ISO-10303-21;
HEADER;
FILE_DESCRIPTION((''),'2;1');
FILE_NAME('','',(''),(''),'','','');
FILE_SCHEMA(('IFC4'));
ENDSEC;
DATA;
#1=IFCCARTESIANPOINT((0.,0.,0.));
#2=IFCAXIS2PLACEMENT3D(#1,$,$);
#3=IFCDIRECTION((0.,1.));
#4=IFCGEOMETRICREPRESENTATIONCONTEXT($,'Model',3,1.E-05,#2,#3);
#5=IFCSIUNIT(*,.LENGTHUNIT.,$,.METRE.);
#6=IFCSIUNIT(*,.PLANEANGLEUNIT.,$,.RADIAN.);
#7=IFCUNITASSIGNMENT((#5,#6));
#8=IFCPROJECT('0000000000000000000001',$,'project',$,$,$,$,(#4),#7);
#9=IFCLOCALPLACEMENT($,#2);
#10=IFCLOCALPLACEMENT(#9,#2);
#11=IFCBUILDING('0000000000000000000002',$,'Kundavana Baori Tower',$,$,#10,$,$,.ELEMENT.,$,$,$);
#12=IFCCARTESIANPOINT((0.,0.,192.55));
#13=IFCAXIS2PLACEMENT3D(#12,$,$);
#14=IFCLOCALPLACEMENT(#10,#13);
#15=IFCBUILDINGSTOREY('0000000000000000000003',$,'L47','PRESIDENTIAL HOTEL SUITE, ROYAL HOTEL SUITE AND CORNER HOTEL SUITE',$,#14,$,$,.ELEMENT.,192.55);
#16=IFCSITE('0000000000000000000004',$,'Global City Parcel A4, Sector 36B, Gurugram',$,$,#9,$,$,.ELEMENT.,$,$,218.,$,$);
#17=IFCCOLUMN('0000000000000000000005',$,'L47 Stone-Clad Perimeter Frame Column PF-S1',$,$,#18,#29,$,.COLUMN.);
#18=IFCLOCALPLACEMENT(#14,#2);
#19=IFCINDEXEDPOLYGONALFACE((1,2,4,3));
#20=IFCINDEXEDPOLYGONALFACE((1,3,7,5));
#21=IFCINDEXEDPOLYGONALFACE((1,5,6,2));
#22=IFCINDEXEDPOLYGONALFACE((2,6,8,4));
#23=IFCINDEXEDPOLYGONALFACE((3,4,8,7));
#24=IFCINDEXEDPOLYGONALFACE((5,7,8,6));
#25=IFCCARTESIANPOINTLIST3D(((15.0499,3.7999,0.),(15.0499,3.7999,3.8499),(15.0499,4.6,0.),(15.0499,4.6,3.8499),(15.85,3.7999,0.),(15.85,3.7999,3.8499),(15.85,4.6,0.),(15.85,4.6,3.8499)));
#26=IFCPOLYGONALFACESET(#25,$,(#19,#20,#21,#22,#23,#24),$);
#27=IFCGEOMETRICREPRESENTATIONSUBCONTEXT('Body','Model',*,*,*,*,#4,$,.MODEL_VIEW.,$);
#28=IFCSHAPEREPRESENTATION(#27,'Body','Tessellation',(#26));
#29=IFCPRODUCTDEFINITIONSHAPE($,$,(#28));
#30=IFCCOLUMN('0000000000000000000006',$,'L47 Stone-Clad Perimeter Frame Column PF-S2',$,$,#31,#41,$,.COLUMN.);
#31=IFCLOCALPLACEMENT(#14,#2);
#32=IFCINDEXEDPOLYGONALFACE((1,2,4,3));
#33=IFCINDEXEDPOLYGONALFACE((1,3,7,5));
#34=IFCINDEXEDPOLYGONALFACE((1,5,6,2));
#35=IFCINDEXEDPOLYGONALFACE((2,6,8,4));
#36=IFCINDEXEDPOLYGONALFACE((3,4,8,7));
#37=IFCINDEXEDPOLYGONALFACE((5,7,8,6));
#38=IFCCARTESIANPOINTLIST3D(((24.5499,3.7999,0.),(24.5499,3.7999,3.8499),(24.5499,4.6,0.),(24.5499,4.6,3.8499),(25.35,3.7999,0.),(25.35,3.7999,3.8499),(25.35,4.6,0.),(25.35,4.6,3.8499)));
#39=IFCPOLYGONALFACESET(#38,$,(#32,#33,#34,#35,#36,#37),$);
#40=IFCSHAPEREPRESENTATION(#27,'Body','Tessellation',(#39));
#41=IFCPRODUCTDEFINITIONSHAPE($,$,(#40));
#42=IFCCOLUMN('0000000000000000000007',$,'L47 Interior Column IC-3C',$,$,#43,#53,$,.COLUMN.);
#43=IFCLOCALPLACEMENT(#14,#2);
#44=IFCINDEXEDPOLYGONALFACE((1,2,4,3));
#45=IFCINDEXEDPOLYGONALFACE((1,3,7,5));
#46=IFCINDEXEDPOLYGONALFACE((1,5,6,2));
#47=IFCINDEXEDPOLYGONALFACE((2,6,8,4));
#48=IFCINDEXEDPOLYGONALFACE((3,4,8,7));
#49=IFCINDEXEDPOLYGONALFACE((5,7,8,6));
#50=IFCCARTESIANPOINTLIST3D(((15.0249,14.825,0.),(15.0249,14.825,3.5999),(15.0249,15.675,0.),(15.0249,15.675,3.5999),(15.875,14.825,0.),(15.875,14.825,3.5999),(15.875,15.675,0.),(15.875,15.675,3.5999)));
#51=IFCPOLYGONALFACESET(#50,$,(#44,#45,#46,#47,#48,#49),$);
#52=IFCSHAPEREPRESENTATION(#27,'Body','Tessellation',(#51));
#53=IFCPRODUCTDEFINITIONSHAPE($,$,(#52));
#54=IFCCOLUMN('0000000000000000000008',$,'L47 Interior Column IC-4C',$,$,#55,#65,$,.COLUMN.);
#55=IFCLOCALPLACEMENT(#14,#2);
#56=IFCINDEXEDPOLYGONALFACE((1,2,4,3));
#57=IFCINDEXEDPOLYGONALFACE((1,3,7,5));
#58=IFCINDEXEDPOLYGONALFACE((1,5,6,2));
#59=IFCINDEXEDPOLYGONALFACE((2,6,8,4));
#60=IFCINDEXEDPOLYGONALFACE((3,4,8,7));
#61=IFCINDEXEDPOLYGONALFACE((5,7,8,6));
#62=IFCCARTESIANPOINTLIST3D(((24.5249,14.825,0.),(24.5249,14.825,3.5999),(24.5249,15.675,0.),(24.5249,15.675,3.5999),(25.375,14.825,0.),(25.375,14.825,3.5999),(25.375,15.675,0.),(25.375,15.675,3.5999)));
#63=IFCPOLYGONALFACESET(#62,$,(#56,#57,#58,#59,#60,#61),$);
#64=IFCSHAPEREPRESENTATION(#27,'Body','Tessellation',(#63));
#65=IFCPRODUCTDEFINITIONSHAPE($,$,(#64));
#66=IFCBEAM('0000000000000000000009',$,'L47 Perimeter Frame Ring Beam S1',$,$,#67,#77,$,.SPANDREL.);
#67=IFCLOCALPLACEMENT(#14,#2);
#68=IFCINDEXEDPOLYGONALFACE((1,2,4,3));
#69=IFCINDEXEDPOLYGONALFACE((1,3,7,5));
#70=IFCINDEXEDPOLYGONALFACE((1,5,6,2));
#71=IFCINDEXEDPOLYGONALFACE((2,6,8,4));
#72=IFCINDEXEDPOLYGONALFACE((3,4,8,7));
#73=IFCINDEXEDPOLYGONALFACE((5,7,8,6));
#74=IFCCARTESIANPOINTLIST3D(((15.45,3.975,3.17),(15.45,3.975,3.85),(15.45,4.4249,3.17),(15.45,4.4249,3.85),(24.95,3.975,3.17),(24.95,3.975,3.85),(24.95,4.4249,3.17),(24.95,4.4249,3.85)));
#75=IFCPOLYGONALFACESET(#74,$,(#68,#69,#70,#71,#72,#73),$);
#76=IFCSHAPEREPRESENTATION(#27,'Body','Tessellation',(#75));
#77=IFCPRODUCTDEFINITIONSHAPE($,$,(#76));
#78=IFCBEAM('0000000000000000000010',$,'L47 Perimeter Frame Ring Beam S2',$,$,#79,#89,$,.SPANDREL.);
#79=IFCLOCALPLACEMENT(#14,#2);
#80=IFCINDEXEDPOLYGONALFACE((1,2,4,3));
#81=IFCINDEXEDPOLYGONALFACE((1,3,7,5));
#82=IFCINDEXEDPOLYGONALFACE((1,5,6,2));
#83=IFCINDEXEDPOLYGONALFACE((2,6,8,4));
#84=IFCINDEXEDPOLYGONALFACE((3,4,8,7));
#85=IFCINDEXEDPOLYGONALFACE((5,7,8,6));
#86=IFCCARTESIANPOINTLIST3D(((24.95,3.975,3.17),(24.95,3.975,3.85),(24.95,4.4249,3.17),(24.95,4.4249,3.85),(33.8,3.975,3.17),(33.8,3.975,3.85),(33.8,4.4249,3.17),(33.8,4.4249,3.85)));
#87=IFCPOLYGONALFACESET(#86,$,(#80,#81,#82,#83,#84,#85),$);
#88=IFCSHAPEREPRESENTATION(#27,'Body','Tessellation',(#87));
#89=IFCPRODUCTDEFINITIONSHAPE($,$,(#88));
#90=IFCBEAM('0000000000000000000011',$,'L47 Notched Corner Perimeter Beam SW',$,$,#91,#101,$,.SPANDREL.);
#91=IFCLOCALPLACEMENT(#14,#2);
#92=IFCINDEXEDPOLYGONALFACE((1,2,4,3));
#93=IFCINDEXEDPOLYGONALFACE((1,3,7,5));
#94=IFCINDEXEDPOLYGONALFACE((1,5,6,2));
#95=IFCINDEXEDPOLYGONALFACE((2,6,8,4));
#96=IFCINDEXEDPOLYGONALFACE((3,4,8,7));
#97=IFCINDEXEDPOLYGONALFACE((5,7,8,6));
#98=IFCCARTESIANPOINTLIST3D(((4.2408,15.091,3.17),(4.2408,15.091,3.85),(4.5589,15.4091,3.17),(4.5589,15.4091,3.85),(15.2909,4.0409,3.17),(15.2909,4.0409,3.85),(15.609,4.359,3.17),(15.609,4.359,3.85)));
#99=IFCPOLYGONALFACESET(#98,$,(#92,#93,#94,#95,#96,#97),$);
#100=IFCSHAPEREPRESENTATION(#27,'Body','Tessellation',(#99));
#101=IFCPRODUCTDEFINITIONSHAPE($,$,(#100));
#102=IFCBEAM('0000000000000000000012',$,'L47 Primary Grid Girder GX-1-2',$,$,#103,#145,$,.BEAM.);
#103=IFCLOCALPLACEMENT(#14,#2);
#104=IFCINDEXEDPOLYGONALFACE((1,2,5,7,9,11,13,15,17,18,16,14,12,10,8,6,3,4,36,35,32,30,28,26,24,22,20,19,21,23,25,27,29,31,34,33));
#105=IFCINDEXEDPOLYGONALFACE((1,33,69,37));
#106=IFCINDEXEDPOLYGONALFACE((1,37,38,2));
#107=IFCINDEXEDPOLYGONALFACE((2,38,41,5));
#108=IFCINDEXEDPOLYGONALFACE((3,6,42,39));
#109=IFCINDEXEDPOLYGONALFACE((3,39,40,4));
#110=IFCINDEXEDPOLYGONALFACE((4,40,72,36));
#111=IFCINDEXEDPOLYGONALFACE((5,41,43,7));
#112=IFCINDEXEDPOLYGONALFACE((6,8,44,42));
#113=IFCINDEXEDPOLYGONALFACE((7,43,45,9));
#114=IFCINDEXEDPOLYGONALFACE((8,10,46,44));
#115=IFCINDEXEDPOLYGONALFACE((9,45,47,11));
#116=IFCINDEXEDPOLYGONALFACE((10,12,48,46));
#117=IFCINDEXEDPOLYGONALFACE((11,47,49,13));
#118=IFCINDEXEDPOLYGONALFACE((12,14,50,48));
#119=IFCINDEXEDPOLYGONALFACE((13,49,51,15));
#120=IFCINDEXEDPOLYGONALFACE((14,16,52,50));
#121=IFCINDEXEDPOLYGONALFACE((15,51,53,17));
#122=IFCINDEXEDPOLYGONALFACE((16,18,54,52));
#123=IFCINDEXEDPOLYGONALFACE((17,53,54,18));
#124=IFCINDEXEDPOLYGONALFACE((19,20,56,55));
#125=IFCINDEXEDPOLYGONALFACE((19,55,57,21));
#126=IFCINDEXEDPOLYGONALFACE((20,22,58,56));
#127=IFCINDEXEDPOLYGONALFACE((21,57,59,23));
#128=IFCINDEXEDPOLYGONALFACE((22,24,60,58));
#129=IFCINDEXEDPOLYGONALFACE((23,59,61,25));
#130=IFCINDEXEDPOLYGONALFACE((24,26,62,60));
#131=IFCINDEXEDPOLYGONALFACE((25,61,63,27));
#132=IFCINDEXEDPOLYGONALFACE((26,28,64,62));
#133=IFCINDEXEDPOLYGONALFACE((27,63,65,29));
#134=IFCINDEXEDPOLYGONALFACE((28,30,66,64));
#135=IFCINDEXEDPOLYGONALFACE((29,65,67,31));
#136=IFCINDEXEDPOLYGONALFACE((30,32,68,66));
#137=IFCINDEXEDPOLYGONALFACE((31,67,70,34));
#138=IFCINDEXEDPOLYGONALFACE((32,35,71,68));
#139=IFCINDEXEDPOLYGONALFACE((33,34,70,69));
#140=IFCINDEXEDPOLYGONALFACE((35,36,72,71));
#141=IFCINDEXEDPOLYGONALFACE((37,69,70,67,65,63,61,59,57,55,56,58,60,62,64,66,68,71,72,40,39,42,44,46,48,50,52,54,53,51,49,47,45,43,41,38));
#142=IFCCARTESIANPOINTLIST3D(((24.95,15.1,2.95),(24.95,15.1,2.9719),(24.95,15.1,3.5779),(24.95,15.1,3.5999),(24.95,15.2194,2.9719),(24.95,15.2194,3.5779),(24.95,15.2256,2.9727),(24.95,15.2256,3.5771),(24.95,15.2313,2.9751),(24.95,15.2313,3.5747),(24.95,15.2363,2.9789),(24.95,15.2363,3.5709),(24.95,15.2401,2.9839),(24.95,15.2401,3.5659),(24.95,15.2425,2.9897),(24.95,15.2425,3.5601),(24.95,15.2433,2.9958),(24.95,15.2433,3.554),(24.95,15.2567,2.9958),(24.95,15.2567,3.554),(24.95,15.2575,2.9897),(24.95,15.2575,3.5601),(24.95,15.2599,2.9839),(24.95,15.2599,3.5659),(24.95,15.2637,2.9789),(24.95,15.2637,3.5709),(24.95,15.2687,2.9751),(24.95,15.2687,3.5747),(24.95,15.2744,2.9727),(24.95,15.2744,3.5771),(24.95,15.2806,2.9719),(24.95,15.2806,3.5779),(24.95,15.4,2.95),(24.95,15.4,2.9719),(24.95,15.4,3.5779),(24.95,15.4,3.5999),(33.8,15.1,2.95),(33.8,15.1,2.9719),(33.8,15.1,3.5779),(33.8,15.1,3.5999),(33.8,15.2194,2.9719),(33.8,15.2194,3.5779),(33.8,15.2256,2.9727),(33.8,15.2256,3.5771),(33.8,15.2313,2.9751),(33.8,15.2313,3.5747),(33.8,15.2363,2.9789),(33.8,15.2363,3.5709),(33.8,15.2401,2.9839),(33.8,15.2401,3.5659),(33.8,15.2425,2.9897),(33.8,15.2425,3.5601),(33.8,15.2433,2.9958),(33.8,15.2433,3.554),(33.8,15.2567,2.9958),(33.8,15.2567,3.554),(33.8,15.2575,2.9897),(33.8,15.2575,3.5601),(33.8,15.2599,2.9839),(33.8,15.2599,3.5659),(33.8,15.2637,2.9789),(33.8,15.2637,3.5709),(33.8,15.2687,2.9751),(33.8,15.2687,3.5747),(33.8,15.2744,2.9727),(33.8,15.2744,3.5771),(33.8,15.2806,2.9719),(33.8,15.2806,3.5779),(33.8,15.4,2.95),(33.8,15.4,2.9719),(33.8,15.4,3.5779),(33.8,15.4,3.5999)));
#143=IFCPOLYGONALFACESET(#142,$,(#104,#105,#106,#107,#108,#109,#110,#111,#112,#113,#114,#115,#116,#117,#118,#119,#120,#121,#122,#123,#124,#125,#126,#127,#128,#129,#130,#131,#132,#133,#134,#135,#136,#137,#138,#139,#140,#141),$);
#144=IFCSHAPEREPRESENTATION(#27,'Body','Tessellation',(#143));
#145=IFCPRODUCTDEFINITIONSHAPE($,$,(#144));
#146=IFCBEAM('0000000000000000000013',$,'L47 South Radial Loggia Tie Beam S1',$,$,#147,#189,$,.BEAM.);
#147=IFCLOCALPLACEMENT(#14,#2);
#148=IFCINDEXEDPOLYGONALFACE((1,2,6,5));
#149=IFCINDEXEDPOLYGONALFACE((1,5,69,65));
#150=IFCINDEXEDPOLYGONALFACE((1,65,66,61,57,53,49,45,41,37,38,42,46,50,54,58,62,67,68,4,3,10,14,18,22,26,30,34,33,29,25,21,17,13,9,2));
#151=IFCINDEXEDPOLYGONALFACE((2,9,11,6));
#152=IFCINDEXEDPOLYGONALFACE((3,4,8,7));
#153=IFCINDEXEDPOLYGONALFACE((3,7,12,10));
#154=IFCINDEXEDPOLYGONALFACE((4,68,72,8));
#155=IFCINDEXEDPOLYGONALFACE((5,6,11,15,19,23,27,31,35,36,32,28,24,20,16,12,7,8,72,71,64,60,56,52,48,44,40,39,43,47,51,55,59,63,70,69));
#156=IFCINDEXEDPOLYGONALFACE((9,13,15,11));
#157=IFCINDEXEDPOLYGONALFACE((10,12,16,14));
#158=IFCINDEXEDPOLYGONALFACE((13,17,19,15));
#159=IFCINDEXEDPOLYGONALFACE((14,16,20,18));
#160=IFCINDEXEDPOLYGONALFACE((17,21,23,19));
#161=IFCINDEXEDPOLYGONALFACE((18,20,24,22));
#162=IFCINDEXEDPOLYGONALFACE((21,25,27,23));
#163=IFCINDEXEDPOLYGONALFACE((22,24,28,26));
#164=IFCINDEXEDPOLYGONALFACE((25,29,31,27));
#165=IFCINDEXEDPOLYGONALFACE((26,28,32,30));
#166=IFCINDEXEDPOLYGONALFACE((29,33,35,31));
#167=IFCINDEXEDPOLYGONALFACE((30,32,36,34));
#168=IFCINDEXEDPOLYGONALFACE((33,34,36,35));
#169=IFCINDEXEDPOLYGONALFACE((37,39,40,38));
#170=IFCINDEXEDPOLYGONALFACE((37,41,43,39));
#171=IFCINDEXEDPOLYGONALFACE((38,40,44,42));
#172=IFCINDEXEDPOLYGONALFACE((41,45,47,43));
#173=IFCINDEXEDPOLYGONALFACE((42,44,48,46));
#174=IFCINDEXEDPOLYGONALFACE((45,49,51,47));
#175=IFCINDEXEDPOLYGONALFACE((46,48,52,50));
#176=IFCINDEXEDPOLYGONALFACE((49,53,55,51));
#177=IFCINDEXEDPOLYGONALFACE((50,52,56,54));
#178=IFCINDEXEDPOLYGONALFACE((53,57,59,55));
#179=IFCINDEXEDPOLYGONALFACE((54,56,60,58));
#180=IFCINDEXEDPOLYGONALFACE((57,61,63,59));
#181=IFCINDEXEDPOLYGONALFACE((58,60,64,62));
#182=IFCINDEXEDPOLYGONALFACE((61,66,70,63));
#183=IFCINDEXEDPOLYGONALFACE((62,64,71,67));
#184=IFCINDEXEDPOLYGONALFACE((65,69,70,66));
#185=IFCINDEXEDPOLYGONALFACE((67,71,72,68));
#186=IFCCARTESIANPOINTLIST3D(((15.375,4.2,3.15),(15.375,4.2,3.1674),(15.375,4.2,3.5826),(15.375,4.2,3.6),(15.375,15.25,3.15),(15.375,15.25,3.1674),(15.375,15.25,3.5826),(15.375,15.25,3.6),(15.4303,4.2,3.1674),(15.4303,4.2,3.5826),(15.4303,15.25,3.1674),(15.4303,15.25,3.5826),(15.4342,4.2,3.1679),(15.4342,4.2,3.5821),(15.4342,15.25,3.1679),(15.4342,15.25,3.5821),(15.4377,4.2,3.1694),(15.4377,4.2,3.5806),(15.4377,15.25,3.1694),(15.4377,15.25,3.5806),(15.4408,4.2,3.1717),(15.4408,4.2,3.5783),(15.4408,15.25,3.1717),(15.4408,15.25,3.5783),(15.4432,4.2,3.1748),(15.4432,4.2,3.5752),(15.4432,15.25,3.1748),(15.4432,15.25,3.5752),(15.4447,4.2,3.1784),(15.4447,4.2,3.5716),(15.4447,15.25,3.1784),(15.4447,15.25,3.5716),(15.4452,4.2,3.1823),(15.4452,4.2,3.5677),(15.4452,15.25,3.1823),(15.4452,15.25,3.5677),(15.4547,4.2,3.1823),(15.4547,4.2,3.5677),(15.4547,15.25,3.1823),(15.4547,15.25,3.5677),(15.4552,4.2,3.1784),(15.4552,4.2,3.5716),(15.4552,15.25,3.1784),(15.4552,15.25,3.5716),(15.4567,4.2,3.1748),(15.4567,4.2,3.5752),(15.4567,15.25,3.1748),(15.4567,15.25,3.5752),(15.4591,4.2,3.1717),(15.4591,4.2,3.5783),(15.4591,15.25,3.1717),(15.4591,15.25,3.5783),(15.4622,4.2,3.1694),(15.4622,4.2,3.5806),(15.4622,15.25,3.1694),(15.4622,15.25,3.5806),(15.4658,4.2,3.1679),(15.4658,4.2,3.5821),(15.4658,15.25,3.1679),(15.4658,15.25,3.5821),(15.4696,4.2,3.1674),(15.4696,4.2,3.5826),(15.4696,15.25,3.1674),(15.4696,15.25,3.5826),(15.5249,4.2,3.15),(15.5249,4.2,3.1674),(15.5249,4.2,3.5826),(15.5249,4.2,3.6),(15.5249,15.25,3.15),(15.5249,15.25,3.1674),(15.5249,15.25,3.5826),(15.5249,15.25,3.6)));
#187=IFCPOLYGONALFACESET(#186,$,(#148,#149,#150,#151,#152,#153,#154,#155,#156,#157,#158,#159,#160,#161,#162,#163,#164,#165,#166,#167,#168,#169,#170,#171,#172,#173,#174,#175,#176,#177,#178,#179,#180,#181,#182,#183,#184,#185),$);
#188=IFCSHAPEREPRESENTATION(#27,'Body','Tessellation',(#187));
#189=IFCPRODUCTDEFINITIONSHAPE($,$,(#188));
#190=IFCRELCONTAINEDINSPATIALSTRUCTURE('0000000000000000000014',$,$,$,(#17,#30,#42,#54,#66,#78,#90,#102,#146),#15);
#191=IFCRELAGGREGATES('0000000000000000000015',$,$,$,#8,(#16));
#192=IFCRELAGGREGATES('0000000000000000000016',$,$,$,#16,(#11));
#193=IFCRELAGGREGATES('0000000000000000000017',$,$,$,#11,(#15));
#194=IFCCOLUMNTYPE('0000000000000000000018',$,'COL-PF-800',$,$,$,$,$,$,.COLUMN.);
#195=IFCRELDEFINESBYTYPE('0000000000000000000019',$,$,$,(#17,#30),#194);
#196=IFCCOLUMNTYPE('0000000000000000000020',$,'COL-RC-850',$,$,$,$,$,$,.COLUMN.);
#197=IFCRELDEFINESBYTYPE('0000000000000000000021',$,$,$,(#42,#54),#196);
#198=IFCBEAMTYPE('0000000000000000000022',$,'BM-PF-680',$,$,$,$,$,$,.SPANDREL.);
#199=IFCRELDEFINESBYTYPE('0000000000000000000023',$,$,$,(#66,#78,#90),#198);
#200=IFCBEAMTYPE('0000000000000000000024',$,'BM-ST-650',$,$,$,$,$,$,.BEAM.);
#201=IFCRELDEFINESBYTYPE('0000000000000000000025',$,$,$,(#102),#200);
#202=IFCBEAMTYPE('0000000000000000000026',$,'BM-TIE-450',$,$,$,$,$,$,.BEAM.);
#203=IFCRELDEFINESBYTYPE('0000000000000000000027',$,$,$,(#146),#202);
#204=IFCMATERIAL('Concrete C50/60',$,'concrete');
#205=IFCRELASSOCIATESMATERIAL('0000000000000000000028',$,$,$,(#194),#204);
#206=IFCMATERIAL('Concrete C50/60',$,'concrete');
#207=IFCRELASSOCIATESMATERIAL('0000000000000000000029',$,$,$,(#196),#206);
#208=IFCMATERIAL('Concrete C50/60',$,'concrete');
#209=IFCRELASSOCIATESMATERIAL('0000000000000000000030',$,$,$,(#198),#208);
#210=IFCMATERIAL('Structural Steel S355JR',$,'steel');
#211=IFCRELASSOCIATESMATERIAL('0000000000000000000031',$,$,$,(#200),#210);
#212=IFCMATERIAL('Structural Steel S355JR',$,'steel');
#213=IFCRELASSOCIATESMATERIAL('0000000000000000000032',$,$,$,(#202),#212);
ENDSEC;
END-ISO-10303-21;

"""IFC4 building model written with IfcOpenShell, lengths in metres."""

from ifc_helpers import new_model, si_unit, direction, frame, origin, origin_2d, place, context, subcontext, project, spatial, rectangle, i_section, extrude, material, material_profile, profile_set, type_object, element, save


model = new_model("IFC4")

# Units and contexts
model_context = context("Model", 3, precision=1e-05, world=origin(), true_north=direction((0.0, 1.0)))
body_context = subcontext(model_context, "Body", "Model", "MODEL_VIEW")
ifc_project = project(units=[si_unit("LENGTHUNIT", "METRE"), si_unit("PLANEANGLEUNIT", "RADIAN")], contexts=[model_context])

# Site, building, storey
site_placement = place(None, origin())
site = spatial("IfcSite", under=ifc_project, at=site_placement, Name="Global City Parcel A4, Sector 36B, Gurugram", CompositionType="ELEMENT", RefElevation=218.0)
building_placement = place(site_placement, origin())
building = spatial("IfcBuilding", under=site, at=building_placement, Name="Kundavana Baori Tower", CompositionType="ELEMENT")
storey_placement = place(building_placement, frame((0.0, 0.0, 192.55)))
storey = spatial("IfcBuildingStorey", under=building, at=storey_placement, Name="L47", Description="PRESIDENTIAL HOTEL SUITE, ROYAL HOTEL SUITE AND CORNER HOTEL SUITE", CompositionType="ELEMENT", Elevation=192.55)

# Columns
ifc_material_1 = material(Name="Concrete C50/60", Category="concrete")
ifc_material_profile_1 = material_profile(ifc_material_1, rectangle(XDim=0.8, YDim=0.8, at=origin_2d()), Name="RC PF 800x800")
ifc_profile_set_1 = profile_set([ifc_material_profile_1], Name="Concrete C50/60")
column_type_1 = type_object("IfcColumnType", Name="COL-PF-800", PredefinedType="COLUMN", material=ifc_profile_set_1)
for number, where, z_axis, x_axis, name in (
    (1, (15.45, 4.2, 0.0), (0.0, 0.0, 1.0), (1.0, 0.0, 0.0), "L47 Stone-Clad Perimeter Frame Column PF-S1"),
    (2, (24.95, 4.2, 0.0), (0.0, 0.0, 1.0), (1.0, 0.0, 0.0), "L47 Stone-Clad Perimeter Frame Column PF-S2"),
):
    element("IfcColumn", number, at=place(storey_placement, frame(where, z_axis=z_axis, x_axis=x_axis)), inside=storey, type_object=column_type_1, Name=name, PredefinedType="COLUMN", context=body_context, shape_type="SweptSolid", body=[
        extrude(rectangle(XDim=0.8, YDim=0.8, at=origin_2d()), origin(), (0.0, 0.0, 1.0), 3.8499),
    ])
ifc_material_2 = material(Name="Concrete C50/60", Category="concrete")
ifc_material_profile_2 = material_profile(ifc_material_2, rectangle(XDim=0.8501, YDim=0.8501, at=origin_2d()), Name="RC 850x850")
ifc_profile_set_2 = profile_set([ifc_material_profile_2], Name="Concrete C50/60")
column_type_2 = type_object("IfcColumnType", Name="COL-RC-850", PredefinedType="COLUMN", material=ifc_profile_set_2)
for number, where, z_axis, x_axis, name in (
    (3, (15.45, 15.25, 0.0), (0.0, 0.0, 1.0), (1.0, 0.0, 0.0), "L47 Interior Column IC-3C"),
    (4, (24.95, 15.25, 0.0), (0.0, 0.0, 1.0), (1.0, 0.0, 0.0), "L47 Interior Column IC-4C"),
):
    element("IfcColumn", number, at=place(storey_placement, frame(where, z_axis=z_axis, x_axis=x_axis)), inside=storey, type_object=column_type_2, Name=name, PredefinedType="COLUMN", context=body_context, shape_type="SweptSolid", body=[
        extrude(rectangle(XDim=0.8501, YDim=0.8501, at=origin_2d()), origin(), (0.0, 0.0, 1.0), 3.5999),
    ])

# Beams
ifc_material_3 = material(Name="Concrete C50/60", Category="concrete")
ifc_material_profile_3 = material_profile(ifc_material_3, rectangle(XDim=0.45, YDim=0.6799, at=origin_2d()), Name="RC BM 450x680")
ifc_profile_set_3 = profile_set([ifc_material_profile_3], Name="Concrete C50/60")
beam_type_1 = type_object("IfcBeamType", Name="BM-PF-680", PredefinedType="SPANDREL", material=ifc_profile_set_3)
beam_1_placement = place(storey_placement, frame((15.45, 4.2, 3.51), z_axis=(1.0, 0.0, 0.0), x_axis=(0.0, 1.0, 0.0)))
element("IfcBeam", 5, at=beam_1_placement, inside=storey, type_object=beam_type_1, Name="L47 Perimeter Frame Ring Beam S1", PredefinedType="SPANDREL", context=body_context, shape_type="SweptSolid", body=[
    extrude(rectangle(XDim=0.45, YDim=0.6799, at=origin_2d()), origin(), (0.0, 0.0, 1.0), 9.5),
])
beam_2_placement = place(storey_placement, frame((24.95, 4.2, 3.51), z_axis=(1.0, 0.0, 0.0), x_axis=(0.0, 1.0, 0.0)))
element("IfcBeam", 6, at=beam_2_placement, inside=storey, type_object=beam_type_1, Name="L47 Perimeter Frame Ring Beam S2", PredefinedType="SPANDREL", context=body_context, shape_type="SweptSolid", body=[
    extrude(rectangle(XDim=0.45, YDim=0.6799, at=origin_2d()), origin(), (0.0, 0.0, 1.0), 8.8501),
])
beam_3_placement = place(storey_placement, frame((15.45, 4.2, 3.51), z_axis=(-0.707107, 0.707107, 0.0), x_axis=(-0.707107, -0.707107, 0.0)))
element("IfcBeam", 7, at=beam_3_placement, inside=storey, type_object=beam_type_1, Name="L47 Notched Corner Perimeter Beam SW", PredefinedType="SPANDREL", context=body_context, shape_type="SweptSolid", body=[
    extrude(rectangle(XDim=0.45, YDim=0.6799, at=origin_2d()), origin(), (0.0, 0.0, 1.0), 15.6272),
])
ifc_material_4 = material(Name="Structural Steel S355JR", Category="steel")
ifc_material_profile_4 = material_profile(ifc_material_4, i_section(OverallWidth=0.3, OverallDepth=0.6499, WebThickness=0.0134, FlangeThickness=0.022, FilletRadius=0.0239, at=origin_2d()), Name="NPB 650x300x155")
ifc_profile_set_4 = profile_set([ifc_material_profile_4], Name="Structural Steel S355JR")
beam_type_2 = type_object("IfcBeamType", Name="BM-ST-650", PredefinedType="BEAM", material=ifc_profile_set_4)
beam_4_placement = place(storey_placement, frame((24.95, 15.25, 3.2749), z_axis=(1.0, 0.0, 0.0), x_axis=(0.0, 1.0, 0.0)))
element("IfcBeam", 8, at=beam_4_placement, inside=storey, type_object=beam_type_2, Name="L47 Primary Grid Girder GX-1-2", PredefinedType="BEAM", context=body_context, shape_type="SweptSolid", body=[
    extrude(i_section(OverallWidth=0.3, OverallDepth=0.6499, WebThickness=0.0134, FlangeThickness=0.022, FilletRadius=0.0239, at=origin_2d()), origin(), (0.0, 0.0, 1.0), 8.8501),
])
ifc_material_5 = material(Name="Structural Steel S355JR", Category="steel")
ifc_material_profile_5 = material_profile(ifc_material_5, i_section(OverallWidth=0.1499, OverallDepth=0.45, WebThickness=0.0095, FlangeThickness=0.0173, FilletRadius=0.0149, at=origin_2d()), Name="ISMB 450")
ifc_profile_set_5 = profile_set([ifc_material_profile_5], Name="Structural Steel S355JR")
beam_type_3 = type_object("IfcBeamType", Name="BM-TIE-450", PredefinedType="BEAM", material=ifc_profile_set_5)
for number, where, z_axis, x_axis, name in (
    (9, (15.45, 15.25, 3.375), (0.0, -1.0, 0.0), (1.0, 0.0, 0.0), "L47 South Radial Loggia Tie Beam S1"),
):
    element("IfcBeam", number, at=place(storey_placement, frame(where, z_axis=z_axis, x_axis=x_axis)), inside=storey, type_object=beam_type_3, Name=name, PredefinedType="BEAM", context=body_context, shape_type="SweptSolid", body=[
        extrude(i_section(OverallWidth=0.1499, OverallDepth=0.45, WebThickness=0.0095, FlangeThickness=0.0173, FilletRadius=0.0149, at=origin_2d()), origin(), (0.0, 0.0, 1.0), 11.05),
    ])

save(model, "model.ifc")
